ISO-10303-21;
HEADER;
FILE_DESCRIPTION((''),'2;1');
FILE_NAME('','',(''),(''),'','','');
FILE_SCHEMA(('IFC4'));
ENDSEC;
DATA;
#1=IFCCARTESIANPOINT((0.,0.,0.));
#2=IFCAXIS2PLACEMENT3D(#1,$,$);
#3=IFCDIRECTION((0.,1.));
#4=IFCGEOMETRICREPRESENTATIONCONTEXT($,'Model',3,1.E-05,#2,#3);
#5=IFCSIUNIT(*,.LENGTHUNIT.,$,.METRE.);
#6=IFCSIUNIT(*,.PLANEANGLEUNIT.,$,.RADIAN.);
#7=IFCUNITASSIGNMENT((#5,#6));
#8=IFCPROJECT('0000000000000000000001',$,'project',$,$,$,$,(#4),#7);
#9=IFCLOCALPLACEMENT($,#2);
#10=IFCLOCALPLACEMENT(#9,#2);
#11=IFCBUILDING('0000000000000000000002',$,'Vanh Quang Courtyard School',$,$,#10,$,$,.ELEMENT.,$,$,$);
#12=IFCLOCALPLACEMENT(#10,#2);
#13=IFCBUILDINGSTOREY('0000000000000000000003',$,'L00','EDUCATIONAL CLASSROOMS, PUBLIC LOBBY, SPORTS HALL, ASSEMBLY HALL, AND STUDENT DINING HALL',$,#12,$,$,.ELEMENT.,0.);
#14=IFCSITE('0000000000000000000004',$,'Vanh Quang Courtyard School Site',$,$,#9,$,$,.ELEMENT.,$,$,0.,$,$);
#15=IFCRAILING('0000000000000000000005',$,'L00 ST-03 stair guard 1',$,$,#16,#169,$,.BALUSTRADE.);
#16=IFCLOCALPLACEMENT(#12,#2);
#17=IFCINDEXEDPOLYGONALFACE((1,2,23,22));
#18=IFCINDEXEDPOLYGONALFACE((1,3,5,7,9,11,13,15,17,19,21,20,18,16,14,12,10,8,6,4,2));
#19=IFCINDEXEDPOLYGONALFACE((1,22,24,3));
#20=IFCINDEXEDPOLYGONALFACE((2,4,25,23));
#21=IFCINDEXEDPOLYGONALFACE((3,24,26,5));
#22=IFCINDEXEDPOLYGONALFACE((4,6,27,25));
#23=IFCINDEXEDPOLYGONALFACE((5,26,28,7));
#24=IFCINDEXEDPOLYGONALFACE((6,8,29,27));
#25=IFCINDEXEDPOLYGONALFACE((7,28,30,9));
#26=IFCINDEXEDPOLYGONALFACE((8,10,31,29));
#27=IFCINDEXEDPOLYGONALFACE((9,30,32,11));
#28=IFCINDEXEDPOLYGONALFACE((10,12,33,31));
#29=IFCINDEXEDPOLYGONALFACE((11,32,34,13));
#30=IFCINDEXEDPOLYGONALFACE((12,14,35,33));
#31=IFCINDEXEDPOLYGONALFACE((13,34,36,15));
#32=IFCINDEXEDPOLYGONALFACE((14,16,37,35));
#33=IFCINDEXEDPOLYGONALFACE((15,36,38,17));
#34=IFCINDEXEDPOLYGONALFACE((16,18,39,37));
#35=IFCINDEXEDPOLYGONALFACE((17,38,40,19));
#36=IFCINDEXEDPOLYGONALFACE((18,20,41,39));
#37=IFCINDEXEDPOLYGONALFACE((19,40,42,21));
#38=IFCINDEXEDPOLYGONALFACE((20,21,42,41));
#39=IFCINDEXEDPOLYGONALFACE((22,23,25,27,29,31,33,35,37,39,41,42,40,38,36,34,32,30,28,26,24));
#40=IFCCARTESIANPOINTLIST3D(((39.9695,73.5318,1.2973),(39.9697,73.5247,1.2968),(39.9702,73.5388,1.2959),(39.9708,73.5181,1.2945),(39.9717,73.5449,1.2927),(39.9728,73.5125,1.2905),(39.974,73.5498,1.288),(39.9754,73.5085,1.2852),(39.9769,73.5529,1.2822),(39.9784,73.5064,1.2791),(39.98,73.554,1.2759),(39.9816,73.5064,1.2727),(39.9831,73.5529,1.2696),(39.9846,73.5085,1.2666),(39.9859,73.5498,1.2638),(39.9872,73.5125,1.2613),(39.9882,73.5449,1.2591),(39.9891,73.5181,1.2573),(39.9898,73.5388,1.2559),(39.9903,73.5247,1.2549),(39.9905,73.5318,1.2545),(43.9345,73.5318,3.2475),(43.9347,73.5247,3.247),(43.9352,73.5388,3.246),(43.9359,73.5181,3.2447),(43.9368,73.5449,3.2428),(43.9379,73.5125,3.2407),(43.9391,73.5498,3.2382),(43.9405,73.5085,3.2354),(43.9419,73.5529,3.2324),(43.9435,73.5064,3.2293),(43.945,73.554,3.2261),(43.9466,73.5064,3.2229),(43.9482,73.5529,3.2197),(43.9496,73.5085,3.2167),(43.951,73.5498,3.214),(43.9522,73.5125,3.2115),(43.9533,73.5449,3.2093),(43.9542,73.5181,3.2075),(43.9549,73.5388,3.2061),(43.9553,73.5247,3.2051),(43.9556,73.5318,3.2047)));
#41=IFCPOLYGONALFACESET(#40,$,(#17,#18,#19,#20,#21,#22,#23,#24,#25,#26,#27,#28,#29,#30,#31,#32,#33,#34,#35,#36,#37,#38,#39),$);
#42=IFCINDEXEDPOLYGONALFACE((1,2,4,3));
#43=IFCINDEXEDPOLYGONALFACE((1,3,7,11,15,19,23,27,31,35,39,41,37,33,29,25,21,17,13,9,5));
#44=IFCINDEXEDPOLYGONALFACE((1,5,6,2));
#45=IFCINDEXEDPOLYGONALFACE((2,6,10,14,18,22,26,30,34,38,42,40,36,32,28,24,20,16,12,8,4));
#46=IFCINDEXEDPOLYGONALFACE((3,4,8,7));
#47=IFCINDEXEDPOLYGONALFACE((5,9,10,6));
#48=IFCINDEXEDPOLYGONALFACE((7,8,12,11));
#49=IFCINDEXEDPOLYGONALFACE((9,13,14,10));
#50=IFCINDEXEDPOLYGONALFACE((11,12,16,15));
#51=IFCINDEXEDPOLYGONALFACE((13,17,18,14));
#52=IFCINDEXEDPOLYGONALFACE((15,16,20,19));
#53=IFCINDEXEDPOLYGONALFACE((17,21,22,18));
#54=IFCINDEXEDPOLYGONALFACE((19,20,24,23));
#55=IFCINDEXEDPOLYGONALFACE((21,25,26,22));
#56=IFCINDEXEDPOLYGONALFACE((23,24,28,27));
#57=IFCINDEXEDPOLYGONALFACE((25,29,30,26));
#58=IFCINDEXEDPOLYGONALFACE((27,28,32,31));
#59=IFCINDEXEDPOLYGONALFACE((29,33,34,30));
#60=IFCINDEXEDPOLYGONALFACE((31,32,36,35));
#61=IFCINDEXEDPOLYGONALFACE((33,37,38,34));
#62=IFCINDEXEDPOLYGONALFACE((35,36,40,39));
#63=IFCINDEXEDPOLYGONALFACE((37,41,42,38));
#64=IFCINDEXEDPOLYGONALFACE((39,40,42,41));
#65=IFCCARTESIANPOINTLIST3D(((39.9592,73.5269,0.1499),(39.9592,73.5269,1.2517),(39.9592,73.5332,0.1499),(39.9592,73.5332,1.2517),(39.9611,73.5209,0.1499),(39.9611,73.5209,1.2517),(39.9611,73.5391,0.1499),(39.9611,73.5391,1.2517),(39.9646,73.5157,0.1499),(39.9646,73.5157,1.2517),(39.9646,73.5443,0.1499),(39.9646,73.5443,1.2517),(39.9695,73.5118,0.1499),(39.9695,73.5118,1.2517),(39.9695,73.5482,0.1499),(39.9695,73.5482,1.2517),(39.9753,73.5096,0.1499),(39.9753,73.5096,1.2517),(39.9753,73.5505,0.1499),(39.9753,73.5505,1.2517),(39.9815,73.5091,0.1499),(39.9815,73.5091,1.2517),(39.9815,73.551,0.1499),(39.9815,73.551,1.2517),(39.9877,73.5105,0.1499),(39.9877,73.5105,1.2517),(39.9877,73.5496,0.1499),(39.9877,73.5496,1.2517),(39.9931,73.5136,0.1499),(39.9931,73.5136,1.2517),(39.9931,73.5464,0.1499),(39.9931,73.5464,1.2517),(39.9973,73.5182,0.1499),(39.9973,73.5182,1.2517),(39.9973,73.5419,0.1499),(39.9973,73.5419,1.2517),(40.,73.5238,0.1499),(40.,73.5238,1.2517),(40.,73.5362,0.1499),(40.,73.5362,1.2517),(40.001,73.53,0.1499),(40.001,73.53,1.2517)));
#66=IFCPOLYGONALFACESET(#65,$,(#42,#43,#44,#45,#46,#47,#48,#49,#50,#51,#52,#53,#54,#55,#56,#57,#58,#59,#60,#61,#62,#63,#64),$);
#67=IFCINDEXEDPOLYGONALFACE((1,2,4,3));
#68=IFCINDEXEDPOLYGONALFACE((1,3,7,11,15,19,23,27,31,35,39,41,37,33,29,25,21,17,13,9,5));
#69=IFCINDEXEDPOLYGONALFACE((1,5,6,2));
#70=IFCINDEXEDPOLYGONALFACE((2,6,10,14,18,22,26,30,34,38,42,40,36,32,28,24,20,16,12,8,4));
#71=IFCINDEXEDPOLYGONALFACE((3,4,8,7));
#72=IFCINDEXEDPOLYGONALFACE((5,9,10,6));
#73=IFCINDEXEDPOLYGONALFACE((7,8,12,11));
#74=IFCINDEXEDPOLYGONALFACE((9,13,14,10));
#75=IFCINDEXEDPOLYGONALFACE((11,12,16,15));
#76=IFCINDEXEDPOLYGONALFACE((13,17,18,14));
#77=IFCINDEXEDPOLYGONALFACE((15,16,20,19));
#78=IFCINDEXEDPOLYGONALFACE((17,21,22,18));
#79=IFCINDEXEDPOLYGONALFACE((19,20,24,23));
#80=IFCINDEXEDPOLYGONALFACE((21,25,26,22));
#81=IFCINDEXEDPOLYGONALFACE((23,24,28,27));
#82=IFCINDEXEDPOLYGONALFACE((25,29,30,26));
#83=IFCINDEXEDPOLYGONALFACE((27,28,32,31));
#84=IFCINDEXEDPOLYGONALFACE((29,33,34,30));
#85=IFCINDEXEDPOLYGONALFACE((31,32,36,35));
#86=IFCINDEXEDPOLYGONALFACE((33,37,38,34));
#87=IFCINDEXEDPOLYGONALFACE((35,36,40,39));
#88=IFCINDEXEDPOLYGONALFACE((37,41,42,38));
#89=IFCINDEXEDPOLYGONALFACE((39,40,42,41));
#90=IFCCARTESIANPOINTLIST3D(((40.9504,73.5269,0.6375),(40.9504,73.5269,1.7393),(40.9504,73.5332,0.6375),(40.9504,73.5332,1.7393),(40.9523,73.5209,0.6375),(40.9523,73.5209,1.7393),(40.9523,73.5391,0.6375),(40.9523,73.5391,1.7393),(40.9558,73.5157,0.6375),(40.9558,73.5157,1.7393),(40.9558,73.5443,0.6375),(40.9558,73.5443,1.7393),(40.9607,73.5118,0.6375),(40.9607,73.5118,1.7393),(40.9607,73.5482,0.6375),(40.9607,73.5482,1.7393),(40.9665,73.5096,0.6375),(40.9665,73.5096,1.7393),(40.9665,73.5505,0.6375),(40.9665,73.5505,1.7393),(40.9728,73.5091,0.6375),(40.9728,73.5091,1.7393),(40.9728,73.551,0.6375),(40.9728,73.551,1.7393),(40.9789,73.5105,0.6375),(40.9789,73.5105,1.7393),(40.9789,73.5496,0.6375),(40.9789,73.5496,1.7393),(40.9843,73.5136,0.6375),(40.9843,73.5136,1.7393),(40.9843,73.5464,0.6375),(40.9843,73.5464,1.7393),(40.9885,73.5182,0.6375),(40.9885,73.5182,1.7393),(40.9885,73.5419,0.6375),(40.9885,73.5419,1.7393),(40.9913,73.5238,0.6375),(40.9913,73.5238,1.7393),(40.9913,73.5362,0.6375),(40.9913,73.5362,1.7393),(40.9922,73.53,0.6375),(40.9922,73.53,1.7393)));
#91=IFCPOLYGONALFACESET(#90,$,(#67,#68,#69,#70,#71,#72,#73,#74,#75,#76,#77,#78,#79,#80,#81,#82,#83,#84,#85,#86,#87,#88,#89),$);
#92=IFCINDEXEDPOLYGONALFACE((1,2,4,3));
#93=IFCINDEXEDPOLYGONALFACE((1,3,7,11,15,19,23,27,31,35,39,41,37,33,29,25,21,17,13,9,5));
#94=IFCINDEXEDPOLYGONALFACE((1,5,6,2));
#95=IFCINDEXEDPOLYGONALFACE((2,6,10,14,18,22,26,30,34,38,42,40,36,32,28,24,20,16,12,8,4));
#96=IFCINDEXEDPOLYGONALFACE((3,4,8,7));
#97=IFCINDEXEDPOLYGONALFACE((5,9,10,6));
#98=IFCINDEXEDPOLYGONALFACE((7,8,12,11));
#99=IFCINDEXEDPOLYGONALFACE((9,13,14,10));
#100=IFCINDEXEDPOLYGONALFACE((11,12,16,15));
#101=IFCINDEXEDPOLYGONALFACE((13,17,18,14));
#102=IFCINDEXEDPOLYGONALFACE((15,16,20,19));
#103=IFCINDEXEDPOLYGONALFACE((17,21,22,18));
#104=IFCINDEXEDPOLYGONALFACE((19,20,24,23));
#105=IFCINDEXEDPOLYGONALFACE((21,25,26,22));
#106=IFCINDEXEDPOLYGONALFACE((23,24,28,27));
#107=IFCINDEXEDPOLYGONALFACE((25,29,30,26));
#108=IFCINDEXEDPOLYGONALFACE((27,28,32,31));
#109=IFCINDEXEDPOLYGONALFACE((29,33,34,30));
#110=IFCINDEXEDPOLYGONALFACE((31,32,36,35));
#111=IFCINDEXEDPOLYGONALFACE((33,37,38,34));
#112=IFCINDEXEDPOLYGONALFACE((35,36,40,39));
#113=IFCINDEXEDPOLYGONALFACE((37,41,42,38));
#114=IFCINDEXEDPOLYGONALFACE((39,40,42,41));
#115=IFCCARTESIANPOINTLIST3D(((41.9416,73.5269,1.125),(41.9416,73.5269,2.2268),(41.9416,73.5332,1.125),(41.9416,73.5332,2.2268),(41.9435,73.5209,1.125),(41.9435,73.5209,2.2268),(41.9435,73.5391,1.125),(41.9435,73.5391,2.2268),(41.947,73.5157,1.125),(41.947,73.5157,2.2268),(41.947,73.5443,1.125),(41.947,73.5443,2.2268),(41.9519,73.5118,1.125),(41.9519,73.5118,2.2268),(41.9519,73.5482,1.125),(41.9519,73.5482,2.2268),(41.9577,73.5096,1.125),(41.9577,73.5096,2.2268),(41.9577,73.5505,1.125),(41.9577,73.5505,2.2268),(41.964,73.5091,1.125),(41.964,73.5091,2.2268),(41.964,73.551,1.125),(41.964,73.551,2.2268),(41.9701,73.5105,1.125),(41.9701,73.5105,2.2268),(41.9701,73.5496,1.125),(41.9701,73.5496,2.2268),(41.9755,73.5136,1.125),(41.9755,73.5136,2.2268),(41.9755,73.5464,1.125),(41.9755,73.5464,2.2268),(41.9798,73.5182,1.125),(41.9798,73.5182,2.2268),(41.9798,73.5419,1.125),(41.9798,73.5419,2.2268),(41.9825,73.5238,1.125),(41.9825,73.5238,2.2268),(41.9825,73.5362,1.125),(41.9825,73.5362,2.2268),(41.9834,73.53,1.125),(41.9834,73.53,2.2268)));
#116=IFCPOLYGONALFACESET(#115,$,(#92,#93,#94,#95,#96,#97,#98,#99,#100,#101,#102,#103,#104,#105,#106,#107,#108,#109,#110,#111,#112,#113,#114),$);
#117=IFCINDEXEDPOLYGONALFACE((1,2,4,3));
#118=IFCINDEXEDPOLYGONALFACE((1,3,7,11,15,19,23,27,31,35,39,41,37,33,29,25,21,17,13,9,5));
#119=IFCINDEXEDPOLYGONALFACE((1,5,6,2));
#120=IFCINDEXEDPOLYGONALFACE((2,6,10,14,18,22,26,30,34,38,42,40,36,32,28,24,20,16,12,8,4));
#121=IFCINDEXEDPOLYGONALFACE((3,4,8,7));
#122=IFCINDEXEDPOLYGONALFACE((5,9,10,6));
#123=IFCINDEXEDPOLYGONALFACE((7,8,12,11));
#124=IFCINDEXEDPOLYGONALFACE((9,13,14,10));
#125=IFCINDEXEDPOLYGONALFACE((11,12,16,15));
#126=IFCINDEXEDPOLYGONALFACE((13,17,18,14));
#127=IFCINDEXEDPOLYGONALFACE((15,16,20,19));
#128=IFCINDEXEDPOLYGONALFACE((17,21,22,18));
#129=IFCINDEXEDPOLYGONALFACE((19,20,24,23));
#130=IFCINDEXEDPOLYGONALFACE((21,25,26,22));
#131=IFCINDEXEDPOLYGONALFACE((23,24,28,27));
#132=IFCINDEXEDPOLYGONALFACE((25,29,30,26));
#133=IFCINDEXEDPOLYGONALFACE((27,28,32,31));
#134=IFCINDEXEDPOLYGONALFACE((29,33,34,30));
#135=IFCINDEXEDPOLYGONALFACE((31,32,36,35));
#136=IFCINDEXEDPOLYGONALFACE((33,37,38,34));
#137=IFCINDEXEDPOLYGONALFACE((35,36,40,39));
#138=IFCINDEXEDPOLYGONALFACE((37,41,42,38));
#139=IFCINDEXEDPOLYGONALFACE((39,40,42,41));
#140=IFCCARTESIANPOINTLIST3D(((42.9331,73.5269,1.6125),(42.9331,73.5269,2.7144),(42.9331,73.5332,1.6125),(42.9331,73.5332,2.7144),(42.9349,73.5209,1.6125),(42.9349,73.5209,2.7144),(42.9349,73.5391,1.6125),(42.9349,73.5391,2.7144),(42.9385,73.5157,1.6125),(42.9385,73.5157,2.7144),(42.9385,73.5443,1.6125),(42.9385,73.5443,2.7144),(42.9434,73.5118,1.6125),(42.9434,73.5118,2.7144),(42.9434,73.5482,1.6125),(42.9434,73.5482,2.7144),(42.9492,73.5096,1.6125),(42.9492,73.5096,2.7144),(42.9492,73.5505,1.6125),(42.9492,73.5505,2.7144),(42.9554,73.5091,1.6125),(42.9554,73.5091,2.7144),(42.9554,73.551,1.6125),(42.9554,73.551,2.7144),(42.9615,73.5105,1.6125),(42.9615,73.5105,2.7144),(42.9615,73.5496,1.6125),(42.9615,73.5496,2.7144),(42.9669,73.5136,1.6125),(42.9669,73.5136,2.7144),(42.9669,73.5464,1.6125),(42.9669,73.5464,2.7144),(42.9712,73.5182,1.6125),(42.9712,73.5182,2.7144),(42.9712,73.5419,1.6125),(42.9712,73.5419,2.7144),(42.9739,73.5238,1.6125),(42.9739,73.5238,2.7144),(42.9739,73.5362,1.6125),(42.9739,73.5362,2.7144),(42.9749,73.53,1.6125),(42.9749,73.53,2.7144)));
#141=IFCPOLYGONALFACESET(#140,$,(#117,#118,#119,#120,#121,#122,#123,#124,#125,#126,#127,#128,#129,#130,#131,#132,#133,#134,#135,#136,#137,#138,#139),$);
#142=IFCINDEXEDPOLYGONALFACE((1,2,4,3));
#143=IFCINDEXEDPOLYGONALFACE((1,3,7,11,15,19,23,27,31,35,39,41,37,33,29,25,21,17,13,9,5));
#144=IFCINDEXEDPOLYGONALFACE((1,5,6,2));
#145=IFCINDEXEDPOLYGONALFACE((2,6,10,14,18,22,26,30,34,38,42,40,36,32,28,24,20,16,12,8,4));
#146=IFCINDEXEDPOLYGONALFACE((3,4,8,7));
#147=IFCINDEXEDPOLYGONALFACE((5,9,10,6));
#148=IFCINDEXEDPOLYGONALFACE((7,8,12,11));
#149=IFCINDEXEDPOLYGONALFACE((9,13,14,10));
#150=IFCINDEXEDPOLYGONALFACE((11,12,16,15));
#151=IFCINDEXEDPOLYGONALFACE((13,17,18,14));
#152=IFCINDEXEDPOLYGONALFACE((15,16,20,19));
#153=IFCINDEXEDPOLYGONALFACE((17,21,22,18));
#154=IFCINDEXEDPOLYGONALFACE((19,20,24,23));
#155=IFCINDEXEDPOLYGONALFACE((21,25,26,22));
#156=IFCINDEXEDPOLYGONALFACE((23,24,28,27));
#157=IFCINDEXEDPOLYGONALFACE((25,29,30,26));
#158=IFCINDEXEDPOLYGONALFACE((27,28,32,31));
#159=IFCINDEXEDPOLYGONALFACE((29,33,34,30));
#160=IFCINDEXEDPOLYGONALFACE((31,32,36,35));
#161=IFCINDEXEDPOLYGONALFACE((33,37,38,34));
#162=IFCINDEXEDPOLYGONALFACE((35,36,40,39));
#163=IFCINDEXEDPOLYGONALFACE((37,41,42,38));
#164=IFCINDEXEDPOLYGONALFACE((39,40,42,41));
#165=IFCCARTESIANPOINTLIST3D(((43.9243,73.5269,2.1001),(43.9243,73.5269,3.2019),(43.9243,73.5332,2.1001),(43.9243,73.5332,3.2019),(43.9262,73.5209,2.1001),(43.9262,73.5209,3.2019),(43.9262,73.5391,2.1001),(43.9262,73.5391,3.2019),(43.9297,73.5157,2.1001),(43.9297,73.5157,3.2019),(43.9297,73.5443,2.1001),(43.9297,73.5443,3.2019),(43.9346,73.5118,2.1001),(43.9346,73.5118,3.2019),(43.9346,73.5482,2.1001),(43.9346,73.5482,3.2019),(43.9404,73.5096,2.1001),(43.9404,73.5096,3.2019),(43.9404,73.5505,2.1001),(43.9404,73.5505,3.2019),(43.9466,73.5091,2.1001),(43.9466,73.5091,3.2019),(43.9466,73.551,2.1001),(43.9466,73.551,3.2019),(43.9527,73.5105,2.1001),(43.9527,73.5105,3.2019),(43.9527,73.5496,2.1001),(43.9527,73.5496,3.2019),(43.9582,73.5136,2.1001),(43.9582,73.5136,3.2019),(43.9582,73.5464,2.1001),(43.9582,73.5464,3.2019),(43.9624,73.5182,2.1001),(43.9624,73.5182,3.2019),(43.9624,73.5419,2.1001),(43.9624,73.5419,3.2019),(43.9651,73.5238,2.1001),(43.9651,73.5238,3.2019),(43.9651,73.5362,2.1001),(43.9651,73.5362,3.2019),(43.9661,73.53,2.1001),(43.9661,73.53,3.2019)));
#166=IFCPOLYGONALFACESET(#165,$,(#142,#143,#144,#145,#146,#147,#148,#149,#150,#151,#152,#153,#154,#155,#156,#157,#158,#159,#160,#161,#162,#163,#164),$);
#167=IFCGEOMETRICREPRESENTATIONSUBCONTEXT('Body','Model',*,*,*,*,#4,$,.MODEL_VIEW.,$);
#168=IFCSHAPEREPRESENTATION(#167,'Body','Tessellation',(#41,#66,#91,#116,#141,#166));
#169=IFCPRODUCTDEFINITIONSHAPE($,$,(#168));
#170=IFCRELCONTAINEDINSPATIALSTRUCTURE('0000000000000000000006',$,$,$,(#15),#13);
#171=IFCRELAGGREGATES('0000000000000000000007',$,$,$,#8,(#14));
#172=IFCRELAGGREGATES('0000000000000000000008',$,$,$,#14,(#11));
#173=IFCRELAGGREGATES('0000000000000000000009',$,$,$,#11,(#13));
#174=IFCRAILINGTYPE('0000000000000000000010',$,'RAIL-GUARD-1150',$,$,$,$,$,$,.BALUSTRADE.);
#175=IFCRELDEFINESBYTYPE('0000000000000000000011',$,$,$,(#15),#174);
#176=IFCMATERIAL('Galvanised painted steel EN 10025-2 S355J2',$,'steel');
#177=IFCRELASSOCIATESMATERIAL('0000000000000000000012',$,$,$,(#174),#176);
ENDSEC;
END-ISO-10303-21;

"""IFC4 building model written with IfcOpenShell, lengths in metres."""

from ifc_helpers import new_model, si_unit, direction, frame, origin, origin_2d, place, context, subcontext, project, spatial, circle, extrude, material, type_object, element, save


model = new_model("IFC4")

# Units and contexts
model_context = context("Model", 3, precision=1e-05, world=origin(), true_north=direction((0.0, 1.0)))
body_context = subcontext(model_context, "Body", "Model", "MODEL_VIEW")
ifc_project = project(units=[si_unit("LENGTHUNIT", "METRE"), si_unit("PLANEANGLEUNIT", "RADIAN")], contexts=[model_context])

# Site, building, storey
site_placement = place(None, origin())
site = spatial("IfcSite", under=ifc_project, at=site_placement, Name="Vanh Quang Courtyard School Site", CompositionType="ELEMENT", RefElevation=0.0)
building_placement = place(site_placement, origin())
building = spatial("IfcBuilding", under=site, at=building_placement, Name="Vanh Quang Courtyard School", CompositionType="ELEMENT")
storey_placement = place(building_placement, origin())
storey = spatial("IfcBuildingStorey", under=building, at=storey_placement, Name="L00", Description="EDUCATIONAL CLASSROOMS, PUBLIC LOBBY, SPORTS HALL, ASSEMBLY HALL, AND STUDENT DINING HALL", CompositionType="ELEMENT", Elevation=0.0)

# Railing
ifc_material_1 = material(Name="Galvanised painted steel EN 10025-2 S355J2", Category="steel")
railing_type_1 = type_object("IfcRailingType", Name="RAIL-GUARD-1150", PredefinedType="BALUSTRADE", material=ifc_material_1)
railing_1_placement = place(storey_placement, frame((39.98, 73.53, 0.1499)))
element("IfcRailing", 1, at=railing_1_placement, inside=storey, type_object=railing_type_1, Name="L00 ST-03 stair guard 1", PredefinedType="BALUSTRADE", context=body_context, shape_type="SweptSolid", body=[
    extrude(circle(Radius=0.0239, at=origin_2d()), frame((0.0, 0.0, 1.126), z_axis=(0.897336, 0.0, 0.441347), x_axis=(0.0, 1.0, 0.0)), (0.0, 0.0, 1.0), 4.4187),
    extrude(circle(Radius=0.021, at=origin_2d()), origin(), (0.0, 0.0, 1.0), 1.1018),
    extrude(circle(Radius=0.021, at=origin_2d()), frame((0.9912, 0.0, 0.4875)), (0.0, 0.0, 1.0), 1.1018),
    extrude(circle(Radius=0.021, at=origin_2d()), frame((1.9824, 0.0, 0.9751)), (0.0, 0.0, 1.0), 1.1018),
    extrude(circle(Radius=0.021, at=origin_2d()), frame((2.9739, 0.0, 1.4626)), (0.0, 0.0, 1.0), 1.1018),
    extrude(circle(Radius=0.021, at=origin_2d()), frame((3.9651, 0.0, 1.9502)), (0.0, 0.0, 1.0), 1.1018),
])

save(model, "model.ifc")
